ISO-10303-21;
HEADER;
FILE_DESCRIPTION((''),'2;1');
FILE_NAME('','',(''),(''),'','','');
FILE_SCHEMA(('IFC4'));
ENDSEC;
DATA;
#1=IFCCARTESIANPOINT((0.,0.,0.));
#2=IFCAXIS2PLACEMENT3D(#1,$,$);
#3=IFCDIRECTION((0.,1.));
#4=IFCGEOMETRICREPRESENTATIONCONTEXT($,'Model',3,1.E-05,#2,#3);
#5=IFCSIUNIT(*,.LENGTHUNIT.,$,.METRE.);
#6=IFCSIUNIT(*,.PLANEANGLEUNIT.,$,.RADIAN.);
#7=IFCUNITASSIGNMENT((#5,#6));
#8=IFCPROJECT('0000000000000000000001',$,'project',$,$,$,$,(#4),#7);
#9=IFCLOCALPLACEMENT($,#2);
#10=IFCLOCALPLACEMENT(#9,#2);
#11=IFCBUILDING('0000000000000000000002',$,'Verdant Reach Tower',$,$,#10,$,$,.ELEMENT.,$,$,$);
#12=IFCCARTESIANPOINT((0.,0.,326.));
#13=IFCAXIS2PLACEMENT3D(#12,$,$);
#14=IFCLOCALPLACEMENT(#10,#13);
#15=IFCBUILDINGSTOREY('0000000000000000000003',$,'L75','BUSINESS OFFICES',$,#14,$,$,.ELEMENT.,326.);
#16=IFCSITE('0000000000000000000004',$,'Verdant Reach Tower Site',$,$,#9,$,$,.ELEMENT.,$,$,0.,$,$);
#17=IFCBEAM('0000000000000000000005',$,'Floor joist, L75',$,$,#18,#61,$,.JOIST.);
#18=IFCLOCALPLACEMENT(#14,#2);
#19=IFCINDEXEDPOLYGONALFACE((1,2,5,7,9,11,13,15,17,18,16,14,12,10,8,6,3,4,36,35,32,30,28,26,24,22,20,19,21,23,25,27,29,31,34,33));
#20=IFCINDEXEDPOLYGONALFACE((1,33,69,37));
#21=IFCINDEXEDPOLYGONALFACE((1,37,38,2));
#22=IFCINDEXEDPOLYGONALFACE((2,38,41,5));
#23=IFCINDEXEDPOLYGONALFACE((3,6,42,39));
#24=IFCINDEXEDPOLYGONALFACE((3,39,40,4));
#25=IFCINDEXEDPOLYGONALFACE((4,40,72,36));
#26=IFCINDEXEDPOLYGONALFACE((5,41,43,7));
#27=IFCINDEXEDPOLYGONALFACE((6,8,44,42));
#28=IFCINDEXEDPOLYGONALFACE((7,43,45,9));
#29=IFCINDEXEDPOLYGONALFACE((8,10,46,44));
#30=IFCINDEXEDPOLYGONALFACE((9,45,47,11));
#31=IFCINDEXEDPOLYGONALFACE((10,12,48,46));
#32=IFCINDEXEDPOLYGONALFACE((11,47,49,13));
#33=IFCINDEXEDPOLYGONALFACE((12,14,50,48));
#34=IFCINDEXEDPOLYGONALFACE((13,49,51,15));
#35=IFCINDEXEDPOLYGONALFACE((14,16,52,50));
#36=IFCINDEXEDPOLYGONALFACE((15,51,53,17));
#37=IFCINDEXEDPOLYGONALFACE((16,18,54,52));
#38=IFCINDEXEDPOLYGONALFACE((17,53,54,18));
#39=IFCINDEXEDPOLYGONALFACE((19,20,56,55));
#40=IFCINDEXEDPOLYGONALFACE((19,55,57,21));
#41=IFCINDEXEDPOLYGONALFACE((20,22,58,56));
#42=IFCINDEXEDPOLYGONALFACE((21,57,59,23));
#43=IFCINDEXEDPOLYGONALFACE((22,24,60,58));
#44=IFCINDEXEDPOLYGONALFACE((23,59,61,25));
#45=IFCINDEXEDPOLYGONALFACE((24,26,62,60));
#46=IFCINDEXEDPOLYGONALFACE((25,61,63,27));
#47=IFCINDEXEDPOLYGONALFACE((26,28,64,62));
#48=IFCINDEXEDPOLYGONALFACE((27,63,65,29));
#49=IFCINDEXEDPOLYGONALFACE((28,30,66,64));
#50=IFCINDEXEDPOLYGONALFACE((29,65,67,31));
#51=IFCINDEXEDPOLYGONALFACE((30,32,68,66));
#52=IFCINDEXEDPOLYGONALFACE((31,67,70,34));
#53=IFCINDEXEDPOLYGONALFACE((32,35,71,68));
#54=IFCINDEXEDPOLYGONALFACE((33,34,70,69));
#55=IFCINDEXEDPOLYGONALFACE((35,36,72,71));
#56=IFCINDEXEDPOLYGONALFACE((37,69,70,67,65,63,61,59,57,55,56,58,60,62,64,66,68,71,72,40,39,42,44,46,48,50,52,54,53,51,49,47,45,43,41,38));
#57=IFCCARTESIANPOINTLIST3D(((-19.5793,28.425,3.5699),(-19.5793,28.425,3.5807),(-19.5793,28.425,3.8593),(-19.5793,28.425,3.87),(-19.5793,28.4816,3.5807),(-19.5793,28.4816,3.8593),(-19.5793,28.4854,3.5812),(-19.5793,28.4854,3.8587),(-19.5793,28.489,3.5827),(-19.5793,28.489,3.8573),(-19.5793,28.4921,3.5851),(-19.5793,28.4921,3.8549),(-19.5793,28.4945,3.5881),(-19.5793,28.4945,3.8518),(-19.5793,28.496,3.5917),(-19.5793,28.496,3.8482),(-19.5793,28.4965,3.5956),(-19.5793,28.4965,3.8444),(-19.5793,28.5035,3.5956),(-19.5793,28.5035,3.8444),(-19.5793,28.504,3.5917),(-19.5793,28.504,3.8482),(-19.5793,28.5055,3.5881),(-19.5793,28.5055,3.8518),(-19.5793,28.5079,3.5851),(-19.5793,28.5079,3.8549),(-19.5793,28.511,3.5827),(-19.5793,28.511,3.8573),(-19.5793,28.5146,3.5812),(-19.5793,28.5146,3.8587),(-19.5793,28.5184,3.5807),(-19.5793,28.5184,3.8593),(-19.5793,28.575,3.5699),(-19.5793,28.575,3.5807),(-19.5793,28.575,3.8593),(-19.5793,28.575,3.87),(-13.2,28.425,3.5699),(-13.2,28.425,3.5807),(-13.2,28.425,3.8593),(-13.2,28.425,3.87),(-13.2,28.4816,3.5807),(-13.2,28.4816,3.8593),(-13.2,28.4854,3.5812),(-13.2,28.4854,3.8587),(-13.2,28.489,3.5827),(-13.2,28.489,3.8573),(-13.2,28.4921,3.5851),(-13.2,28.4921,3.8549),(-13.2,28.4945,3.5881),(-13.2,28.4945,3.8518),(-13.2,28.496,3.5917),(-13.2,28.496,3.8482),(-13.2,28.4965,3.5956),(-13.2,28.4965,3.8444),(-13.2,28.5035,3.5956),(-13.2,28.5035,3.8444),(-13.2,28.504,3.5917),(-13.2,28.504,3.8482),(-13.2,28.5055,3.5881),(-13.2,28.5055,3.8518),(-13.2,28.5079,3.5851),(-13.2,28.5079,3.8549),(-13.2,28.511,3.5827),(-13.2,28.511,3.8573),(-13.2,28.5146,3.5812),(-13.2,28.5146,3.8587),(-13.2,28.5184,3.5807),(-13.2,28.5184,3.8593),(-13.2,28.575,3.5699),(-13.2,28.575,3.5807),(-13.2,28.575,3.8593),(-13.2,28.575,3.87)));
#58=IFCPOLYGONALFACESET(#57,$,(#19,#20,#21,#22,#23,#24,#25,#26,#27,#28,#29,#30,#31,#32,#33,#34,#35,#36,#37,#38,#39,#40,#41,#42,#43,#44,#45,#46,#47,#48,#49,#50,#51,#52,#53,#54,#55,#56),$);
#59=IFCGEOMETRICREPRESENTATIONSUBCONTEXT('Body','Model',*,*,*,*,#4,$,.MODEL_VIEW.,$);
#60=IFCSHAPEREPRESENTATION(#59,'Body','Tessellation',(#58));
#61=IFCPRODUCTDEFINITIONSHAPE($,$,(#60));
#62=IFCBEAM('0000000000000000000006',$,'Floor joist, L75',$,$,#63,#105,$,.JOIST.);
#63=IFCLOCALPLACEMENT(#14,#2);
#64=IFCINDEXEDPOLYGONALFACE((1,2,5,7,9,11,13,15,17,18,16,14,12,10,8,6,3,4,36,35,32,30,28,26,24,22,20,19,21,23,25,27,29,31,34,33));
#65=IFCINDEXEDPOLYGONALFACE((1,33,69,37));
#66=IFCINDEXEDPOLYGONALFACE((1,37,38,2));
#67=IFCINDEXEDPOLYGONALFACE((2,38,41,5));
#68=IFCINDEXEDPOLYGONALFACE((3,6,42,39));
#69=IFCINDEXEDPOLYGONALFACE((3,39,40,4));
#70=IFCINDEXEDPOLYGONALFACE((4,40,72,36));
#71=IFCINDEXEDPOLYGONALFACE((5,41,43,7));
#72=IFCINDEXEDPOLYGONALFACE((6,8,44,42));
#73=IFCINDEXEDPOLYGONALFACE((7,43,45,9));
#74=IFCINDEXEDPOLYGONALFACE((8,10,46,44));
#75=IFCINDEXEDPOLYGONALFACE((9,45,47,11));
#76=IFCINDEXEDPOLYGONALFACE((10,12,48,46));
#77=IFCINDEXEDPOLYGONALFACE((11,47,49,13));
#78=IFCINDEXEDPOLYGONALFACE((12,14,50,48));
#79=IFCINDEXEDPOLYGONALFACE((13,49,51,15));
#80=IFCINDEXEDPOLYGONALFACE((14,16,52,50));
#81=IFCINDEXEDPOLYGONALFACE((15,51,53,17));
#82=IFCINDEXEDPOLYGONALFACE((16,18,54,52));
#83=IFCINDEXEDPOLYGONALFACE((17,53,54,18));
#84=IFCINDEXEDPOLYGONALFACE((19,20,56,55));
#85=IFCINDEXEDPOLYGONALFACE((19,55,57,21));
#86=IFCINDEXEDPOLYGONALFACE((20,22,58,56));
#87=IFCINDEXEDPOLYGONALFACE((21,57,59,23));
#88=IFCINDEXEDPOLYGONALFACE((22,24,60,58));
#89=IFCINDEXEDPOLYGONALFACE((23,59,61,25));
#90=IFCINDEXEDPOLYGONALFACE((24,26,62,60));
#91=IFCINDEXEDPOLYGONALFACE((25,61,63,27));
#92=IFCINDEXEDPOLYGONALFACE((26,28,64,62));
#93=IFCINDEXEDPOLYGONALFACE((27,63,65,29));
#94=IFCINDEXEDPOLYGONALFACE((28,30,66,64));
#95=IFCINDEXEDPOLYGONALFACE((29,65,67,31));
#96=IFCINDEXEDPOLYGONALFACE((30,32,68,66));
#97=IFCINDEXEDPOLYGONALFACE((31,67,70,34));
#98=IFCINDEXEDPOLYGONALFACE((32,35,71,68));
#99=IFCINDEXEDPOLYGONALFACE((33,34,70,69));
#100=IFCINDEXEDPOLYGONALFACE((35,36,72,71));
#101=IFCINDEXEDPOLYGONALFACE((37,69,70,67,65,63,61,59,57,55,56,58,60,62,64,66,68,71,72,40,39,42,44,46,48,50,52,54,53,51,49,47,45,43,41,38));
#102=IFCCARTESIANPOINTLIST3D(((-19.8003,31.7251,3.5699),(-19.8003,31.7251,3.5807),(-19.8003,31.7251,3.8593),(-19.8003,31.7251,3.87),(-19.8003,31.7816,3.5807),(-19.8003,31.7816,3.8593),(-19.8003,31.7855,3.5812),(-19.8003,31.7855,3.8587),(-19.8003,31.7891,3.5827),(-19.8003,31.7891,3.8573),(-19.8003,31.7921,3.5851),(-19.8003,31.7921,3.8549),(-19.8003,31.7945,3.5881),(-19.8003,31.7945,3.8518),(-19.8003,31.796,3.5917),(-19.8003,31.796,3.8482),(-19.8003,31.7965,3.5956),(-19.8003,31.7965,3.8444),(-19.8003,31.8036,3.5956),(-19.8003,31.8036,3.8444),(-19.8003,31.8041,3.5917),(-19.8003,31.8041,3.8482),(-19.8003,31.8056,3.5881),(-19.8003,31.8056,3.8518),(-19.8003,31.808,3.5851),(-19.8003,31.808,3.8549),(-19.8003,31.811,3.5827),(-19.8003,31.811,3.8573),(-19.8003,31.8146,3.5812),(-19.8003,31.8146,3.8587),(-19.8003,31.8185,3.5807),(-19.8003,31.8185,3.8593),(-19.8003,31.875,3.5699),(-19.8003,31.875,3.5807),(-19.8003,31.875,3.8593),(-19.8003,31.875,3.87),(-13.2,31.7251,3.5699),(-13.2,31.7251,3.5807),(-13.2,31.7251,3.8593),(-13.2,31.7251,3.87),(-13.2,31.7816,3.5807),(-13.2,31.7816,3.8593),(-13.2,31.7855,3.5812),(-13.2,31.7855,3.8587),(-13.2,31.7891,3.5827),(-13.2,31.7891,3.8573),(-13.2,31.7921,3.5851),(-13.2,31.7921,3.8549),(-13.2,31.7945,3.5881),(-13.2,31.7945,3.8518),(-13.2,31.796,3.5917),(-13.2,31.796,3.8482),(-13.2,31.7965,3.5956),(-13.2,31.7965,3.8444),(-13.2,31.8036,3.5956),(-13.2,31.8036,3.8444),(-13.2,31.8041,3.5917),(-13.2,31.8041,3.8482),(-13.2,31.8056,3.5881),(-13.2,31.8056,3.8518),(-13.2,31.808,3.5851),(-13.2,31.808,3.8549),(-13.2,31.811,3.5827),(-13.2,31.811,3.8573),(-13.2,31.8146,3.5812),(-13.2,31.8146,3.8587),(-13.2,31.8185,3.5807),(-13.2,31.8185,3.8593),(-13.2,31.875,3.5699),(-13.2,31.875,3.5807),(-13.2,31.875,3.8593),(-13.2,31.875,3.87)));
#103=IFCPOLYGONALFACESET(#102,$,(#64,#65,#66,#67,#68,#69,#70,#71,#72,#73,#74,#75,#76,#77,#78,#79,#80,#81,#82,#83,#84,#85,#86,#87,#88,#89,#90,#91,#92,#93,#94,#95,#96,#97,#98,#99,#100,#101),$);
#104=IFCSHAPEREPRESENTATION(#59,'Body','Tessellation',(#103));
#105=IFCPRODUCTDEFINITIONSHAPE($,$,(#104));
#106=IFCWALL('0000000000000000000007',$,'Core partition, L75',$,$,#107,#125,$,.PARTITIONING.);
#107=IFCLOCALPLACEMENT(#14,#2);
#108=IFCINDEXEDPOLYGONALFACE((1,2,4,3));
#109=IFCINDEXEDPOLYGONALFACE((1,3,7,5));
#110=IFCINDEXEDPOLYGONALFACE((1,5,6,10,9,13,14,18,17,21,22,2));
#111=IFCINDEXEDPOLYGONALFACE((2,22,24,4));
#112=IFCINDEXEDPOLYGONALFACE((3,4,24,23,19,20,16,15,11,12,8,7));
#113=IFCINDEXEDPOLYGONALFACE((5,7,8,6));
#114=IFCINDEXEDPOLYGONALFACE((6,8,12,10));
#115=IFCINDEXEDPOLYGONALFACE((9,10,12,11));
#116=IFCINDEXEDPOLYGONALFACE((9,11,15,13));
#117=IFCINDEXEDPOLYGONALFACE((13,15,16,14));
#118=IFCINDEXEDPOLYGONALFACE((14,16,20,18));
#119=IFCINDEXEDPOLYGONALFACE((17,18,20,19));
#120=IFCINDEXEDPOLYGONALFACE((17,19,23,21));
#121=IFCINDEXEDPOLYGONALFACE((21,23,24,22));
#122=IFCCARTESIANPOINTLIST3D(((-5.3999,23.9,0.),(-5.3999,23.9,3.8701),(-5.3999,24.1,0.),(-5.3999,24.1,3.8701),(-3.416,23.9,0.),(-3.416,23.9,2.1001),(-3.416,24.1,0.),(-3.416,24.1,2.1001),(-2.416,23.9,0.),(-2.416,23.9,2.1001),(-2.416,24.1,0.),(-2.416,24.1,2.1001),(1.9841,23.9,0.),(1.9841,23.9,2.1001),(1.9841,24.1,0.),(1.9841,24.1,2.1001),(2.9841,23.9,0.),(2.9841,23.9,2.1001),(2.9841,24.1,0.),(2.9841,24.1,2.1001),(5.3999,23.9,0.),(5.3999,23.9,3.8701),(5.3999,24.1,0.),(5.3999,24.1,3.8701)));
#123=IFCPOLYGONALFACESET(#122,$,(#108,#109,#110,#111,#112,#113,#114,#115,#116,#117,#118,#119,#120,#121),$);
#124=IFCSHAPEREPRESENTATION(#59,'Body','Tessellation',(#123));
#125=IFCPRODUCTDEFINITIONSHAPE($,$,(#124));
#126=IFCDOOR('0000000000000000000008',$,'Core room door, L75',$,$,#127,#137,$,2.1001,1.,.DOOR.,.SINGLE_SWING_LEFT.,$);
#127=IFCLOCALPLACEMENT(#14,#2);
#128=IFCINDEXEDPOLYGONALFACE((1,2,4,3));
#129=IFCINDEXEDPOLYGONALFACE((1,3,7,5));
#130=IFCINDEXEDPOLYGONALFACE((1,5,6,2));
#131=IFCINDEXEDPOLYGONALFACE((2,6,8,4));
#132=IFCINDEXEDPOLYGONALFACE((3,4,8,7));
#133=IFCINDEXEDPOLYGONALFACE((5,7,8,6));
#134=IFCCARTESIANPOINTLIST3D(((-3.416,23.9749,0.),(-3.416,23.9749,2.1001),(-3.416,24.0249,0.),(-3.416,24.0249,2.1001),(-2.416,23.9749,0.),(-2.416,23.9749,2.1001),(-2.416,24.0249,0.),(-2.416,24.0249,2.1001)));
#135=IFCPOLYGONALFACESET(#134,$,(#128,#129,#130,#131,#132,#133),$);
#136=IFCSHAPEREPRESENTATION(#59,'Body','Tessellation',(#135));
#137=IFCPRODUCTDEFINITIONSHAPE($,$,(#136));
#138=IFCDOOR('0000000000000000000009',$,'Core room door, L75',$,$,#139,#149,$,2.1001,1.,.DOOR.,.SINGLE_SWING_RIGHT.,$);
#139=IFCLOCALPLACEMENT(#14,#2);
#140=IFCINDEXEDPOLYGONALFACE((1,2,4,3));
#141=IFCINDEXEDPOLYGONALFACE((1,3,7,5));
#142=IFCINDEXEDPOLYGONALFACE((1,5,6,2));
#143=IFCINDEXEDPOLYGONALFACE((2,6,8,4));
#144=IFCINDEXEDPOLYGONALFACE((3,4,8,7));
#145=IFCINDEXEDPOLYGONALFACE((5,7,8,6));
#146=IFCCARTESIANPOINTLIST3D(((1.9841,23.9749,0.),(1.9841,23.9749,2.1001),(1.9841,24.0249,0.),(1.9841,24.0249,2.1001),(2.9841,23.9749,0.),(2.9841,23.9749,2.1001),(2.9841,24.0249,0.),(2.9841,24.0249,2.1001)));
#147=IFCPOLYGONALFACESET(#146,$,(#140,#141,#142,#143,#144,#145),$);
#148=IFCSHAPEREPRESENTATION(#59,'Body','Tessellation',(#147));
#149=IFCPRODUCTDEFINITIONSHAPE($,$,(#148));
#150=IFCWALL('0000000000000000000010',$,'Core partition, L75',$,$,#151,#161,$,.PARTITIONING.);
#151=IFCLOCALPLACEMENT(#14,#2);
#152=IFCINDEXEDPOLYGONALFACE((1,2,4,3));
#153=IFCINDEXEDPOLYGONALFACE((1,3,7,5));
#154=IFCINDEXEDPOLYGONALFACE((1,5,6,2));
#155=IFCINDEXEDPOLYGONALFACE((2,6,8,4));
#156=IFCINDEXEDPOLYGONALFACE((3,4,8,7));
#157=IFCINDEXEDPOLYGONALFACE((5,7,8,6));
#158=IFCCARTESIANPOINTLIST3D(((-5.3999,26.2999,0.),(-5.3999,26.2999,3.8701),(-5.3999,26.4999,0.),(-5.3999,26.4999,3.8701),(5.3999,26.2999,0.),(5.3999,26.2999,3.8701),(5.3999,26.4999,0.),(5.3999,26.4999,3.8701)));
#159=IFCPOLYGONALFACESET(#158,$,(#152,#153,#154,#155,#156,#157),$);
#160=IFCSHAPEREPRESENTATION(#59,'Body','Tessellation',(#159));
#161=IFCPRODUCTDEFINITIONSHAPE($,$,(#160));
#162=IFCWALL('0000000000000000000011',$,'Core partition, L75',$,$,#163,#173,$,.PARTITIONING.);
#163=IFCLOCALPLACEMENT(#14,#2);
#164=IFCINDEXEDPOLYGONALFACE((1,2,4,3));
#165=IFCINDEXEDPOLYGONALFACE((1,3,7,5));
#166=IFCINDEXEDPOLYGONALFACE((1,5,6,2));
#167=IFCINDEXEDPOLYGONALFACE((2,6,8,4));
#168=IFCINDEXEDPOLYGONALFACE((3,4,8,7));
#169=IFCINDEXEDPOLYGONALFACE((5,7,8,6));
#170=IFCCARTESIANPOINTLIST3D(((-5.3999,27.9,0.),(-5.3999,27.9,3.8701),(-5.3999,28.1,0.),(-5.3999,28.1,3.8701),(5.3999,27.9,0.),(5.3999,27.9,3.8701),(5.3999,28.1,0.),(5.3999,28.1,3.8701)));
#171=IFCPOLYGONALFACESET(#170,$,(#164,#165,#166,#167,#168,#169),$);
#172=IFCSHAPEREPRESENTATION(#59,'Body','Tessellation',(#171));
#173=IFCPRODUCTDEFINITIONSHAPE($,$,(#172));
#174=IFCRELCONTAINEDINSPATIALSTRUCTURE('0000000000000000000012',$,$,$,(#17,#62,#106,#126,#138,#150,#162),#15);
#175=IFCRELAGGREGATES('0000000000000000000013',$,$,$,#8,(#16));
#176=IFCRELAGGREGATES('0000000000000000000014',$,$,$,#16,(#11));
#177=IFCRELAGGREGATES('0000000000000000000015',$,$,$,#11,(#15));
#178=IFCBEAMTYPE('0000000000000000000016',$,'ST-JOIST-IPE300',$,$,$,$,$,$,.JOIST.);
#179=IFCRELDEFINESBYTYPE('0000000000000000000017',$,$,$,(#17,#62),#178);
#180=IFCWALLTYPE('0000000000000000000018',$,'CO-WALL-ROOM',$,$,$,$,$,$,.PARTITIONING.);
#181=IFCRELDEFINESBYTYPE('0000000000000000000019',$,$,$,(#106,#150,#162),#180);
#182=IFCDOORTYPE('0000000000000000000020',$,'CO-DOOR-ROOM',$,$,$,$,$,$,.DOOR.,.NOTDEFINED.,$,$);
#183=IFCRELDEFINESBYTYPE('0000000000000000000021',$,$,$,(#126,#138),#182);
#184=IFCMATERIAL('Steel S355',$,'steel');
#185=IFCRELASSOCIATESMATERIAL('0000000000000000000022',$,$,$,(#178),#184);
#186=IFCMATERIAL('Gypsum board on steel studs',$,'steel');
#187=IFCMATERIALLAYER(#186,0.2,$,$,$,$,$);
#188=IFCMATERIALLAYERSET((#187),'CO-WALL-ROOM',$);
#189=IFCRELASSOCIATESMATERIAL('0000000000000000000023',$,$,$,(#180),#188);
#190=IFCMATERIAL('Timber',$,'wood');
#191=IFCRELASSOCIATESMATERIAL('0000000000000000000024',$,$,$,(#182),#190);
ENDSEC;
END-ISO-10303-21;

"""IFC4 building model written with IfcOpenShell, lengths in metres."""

from ifc_helpers import new_model, si_unit, direction, frame, frame_2d, origin, origin_2d, place, context, subcontext, project, spatial, rectangle, i_section, extrude, material, layer, layer_set, material_profile, profile_set, type_object, element, fill, save


model = new_model("IFC4")

# Units and contexts
model_context = context("Model", 3, precision=1e-05, world=origin(), true_north=direction((0.0, 1.0)))
body_context = subcontext(model_context, "Body", "Model", "MODEL_VIEW")
ifc_project = project(units=[si_unit("LENGTHUNIT", "METRE"), si_unit("PLANEANGLEUNIT", "RADIAN")], contexts=[model_context])

# Site, building, storey
site_placement = place(None, origin())
site = spatial("IfcSite", under=ifc_project, at=site_placement, Name="Verdant Reach Tower Site", CompositionType="ELEMENT", RefElevation=0.0)
building_placement = place(site_placement, origin())
building = spatial("IfcBuilding", under=site, at=building_placement, Name="Verdant Reach Tower", CompositionType="ELEMENT")
storey_placement = place(building_placement, frame((0.0, 0.0, 326.0)))
storey = spatial("IfcBuildingStorey", under=building, at=storey_placement, Name="L75", Description="BUSINESS OFFICES", CompositionType="ELEMENT", Elevation=326.0)

# Beams
ifc_material_1 = material(Name="Steel S355", Category="steel")
ifc_material_profile = material_profile(ifc_material_1, i_section(OverallWidth=0.1499, OverallDepth=0.3, WebThickness=0.0071, FlangeThickness=0.0107, FilletRadius=0.0149, at=origin_2d()), Name="IPE 300")
ifc_profile_set = profile_set([ifc_material_profile], Name="Steel S355")
beam_type = type_object("IfcBeamType", Name="ST-JOIST-IPE300", PredefinedType="JOIST", material=ifc_profile_set)
beam_1_placement = place(storey_placement, frame((-13.2, 28.5, 3.72), z_axis=(-1.0, 0.0, 0.0), x_axis=(0.0, -1.0, 0.0)))
element("IfcBeam", 1, at=beam_1_placement, inside=storey, type_object=beam_type, Name="Floor joist, L75", PredefinedType="JOIST", context=body_context, shape_type="SweptSolid", body=[
    extrude(i_section(OverallWidth=0.1499, OverallDepth=0.3, WebThickness=0.0071, FlangeThickness=0.0107, FilletRadius=0.0149, at=origin_2d()), origin(), (0.0, 0.0, 1.0), 6.3794),
])
beam_2_placement = place(storey_placement, frame((-13.2, 31.8, 3.72), z_axis=(-1.0, 0.0, 0.0), x_axis=(0.0, -1.0, 0.0)))
element("IfcBeam", 2, at=beam_2_placement, inside=storey, type_object=beam_type, Name="Floor joist, L75", PredefinedType="JOIST", context=body_context, shape_type="SweptSolid", body=[
    extrude(i_section(OverallWidth=0.1499, OverallDepth=0.3, WebThickness=0.0071, FlangeThickness=0.0107, FilletRadius=0.0149, at=origin_2d()), origin(), (0.0, 0.0, 1.0), 6.6003),
])

# Wall, openings, doors
ifc_material_2 = material(Name="Gypsum board on steel studs", Category="steel")
ifc_layer_1 = layer(ifc_material_2, 0.2)
ifc_layer_set_1 = layer_set([ifc_layer_1], Name="CO-WALL-ROOM")
wall_type_1 = type_object("IfcWallType", Name="CO-WALL-ROOM", PredefinedType="PARTITIONING", material=ifc_layer_set_1)
wall_1_placement = place(storey_placement, frame((-5.3999, 24.0, 0.0), z_axis=(0.0, 0.0, 1.0), x_axis=(1.0, 0.0, 0.0)))
wall_1 = element("IfcWall", 3, at=wall_1_placement, inside=storey, type_object=wall_type_1, Name="Core partition, L75", PredefinedType="PARTITIONING", context=body_context, shape_type="SweptSolid", body=[
    extrude(rectangle(XDim=10.7998, YDim=0.2, at=frame_2d((5.3999, 0.0))), origin(), (0.0, 0.0, 1.0), 3.8701),
])
opening_1_placement = place(wall_1_placement, frame((1.9839, 0.0, 0.0)))
opening_1 = element("IfcOpeningElement", 4, at=opening_1_placement, cuts=wall_1, PredefinedType="OPENING", context=body_context, shape_type="SweptSolid", body=[
    extrude(rectangle(XDim=1.0, YDim=2.1001, at=frame_2d((0.5, 1.05))), frame((0.0, 0.1099, 0.0), z_axis=(0.0, -1.0, 0.0), x_axis=(1.0, 0.0, 0.0)), (0.0, 0.0, 1.0), 0.22),
])
opening_2_placement = place(wall_1_placement, frame((7.384, 0.0, 0.0)))
opening_2 = element("IfcOpeningElement", 5, at=opening_2_placement, cuts=wall_1, PredefinedType="OPENING", context=body_context, shape_type="SweptSolid", body=[
    extrude(rectangle(XDim=1.0, YDim=2.1001, at=frame_2d((0.5, 1.05))), frame((0.0, 0.1099, 0.0), z_axis=(0.0, -1.0, 0.0), x_axis=(1.0, 0.0, 0.0)), (0.0, 0.0, 1.0), 0.22),
])
ifc_material_3 = material(Name="Timber", Category="wood")
door_type_1 = type_object("IfcDoorType", Name="CO-DOOR-ROOM", OperationType="NOTDEFINED", PredefinedType="DOOR", material=ifc_material_3)
door_1_placement = place(opening_1_placement, origin())
door_1 = element("IfcDoor", 6, at=door_1_placement, inside=storey, type_object=door_type_1, Name="Core room door, L75", OperationType="SINGLE_SWING_LEFT", OverallHeight=2.1001, OverallWidth=1.0, PredefinedType="DOOR", context=body_context, shape_type="SweptSolid", body=[
    extrude(rectangle(XDim=1.0, YDim=2.1001, at=frame_2d((0.5, 1.05))), frame((0.0, 0.0249, 0.0), z_axis=(0.0, -1.0, 0.0), x_axis=(1.0, 0.0, 0.0)), (0.0, 0.0, 1.0), 0.05),
])
fill(opening_1, door_1)
door_2_placement = place(opening_2_placement, origin())
door_2 = element("IfcDoor", 7, at=door_2_placement, inside=storey, type_object=door_type_1, Name="Core room door, L75", OperationType="SINGLE_SWING_RIGHT", OverallHeight=2.1001, OverallWidth=1.0, PredefinedType="DOOR", context=body_context, shape_type="SweptSolid", body=[
    extrude(rectangle(XDim=1.0, YDim=2.1001, at=frame_2d((0.5, 1.05))), frame((0.0, 0.0249, 0.0), z_axis=(0.0, -1.0, 0.0), x_axis=(1.0, 0.0, 0.0)), (0.0, 0.0, 1.0), 0.05),
])
fill(opening_2, door_2)

# Walls
for number, where, z_axis, x_axis, name in (
    (8, (-5.3999, 26.3999, 0.0), (0.0, 0.0, 1.0), (1.0, 0.0, 0.0), "Core partition, L75"),
    (9, (-5.3999, 28.0, 0.0), (0.0, 0.0, 1.0), (1.0, 0.0, 0.0), "Core partition, L75"),
):
    element("IfcWall", number, at=place(storey_placement, frame(where, z_axis=z_axis, x_axis=x_axis)), inside=storey, type_object=wall_type_1, Name=name, PredefinedType="PARTITIONING", context=body_context, shape_type="SweptSolid", body=[
        extrude(rectangle(XDim=10.7998, YDim=0.2, at=frame_2d((5.3999, 0.0))), origin(), (0.0, 0.0, 1.0), 3.8701),
    ])

save(model, "model.ifc")
